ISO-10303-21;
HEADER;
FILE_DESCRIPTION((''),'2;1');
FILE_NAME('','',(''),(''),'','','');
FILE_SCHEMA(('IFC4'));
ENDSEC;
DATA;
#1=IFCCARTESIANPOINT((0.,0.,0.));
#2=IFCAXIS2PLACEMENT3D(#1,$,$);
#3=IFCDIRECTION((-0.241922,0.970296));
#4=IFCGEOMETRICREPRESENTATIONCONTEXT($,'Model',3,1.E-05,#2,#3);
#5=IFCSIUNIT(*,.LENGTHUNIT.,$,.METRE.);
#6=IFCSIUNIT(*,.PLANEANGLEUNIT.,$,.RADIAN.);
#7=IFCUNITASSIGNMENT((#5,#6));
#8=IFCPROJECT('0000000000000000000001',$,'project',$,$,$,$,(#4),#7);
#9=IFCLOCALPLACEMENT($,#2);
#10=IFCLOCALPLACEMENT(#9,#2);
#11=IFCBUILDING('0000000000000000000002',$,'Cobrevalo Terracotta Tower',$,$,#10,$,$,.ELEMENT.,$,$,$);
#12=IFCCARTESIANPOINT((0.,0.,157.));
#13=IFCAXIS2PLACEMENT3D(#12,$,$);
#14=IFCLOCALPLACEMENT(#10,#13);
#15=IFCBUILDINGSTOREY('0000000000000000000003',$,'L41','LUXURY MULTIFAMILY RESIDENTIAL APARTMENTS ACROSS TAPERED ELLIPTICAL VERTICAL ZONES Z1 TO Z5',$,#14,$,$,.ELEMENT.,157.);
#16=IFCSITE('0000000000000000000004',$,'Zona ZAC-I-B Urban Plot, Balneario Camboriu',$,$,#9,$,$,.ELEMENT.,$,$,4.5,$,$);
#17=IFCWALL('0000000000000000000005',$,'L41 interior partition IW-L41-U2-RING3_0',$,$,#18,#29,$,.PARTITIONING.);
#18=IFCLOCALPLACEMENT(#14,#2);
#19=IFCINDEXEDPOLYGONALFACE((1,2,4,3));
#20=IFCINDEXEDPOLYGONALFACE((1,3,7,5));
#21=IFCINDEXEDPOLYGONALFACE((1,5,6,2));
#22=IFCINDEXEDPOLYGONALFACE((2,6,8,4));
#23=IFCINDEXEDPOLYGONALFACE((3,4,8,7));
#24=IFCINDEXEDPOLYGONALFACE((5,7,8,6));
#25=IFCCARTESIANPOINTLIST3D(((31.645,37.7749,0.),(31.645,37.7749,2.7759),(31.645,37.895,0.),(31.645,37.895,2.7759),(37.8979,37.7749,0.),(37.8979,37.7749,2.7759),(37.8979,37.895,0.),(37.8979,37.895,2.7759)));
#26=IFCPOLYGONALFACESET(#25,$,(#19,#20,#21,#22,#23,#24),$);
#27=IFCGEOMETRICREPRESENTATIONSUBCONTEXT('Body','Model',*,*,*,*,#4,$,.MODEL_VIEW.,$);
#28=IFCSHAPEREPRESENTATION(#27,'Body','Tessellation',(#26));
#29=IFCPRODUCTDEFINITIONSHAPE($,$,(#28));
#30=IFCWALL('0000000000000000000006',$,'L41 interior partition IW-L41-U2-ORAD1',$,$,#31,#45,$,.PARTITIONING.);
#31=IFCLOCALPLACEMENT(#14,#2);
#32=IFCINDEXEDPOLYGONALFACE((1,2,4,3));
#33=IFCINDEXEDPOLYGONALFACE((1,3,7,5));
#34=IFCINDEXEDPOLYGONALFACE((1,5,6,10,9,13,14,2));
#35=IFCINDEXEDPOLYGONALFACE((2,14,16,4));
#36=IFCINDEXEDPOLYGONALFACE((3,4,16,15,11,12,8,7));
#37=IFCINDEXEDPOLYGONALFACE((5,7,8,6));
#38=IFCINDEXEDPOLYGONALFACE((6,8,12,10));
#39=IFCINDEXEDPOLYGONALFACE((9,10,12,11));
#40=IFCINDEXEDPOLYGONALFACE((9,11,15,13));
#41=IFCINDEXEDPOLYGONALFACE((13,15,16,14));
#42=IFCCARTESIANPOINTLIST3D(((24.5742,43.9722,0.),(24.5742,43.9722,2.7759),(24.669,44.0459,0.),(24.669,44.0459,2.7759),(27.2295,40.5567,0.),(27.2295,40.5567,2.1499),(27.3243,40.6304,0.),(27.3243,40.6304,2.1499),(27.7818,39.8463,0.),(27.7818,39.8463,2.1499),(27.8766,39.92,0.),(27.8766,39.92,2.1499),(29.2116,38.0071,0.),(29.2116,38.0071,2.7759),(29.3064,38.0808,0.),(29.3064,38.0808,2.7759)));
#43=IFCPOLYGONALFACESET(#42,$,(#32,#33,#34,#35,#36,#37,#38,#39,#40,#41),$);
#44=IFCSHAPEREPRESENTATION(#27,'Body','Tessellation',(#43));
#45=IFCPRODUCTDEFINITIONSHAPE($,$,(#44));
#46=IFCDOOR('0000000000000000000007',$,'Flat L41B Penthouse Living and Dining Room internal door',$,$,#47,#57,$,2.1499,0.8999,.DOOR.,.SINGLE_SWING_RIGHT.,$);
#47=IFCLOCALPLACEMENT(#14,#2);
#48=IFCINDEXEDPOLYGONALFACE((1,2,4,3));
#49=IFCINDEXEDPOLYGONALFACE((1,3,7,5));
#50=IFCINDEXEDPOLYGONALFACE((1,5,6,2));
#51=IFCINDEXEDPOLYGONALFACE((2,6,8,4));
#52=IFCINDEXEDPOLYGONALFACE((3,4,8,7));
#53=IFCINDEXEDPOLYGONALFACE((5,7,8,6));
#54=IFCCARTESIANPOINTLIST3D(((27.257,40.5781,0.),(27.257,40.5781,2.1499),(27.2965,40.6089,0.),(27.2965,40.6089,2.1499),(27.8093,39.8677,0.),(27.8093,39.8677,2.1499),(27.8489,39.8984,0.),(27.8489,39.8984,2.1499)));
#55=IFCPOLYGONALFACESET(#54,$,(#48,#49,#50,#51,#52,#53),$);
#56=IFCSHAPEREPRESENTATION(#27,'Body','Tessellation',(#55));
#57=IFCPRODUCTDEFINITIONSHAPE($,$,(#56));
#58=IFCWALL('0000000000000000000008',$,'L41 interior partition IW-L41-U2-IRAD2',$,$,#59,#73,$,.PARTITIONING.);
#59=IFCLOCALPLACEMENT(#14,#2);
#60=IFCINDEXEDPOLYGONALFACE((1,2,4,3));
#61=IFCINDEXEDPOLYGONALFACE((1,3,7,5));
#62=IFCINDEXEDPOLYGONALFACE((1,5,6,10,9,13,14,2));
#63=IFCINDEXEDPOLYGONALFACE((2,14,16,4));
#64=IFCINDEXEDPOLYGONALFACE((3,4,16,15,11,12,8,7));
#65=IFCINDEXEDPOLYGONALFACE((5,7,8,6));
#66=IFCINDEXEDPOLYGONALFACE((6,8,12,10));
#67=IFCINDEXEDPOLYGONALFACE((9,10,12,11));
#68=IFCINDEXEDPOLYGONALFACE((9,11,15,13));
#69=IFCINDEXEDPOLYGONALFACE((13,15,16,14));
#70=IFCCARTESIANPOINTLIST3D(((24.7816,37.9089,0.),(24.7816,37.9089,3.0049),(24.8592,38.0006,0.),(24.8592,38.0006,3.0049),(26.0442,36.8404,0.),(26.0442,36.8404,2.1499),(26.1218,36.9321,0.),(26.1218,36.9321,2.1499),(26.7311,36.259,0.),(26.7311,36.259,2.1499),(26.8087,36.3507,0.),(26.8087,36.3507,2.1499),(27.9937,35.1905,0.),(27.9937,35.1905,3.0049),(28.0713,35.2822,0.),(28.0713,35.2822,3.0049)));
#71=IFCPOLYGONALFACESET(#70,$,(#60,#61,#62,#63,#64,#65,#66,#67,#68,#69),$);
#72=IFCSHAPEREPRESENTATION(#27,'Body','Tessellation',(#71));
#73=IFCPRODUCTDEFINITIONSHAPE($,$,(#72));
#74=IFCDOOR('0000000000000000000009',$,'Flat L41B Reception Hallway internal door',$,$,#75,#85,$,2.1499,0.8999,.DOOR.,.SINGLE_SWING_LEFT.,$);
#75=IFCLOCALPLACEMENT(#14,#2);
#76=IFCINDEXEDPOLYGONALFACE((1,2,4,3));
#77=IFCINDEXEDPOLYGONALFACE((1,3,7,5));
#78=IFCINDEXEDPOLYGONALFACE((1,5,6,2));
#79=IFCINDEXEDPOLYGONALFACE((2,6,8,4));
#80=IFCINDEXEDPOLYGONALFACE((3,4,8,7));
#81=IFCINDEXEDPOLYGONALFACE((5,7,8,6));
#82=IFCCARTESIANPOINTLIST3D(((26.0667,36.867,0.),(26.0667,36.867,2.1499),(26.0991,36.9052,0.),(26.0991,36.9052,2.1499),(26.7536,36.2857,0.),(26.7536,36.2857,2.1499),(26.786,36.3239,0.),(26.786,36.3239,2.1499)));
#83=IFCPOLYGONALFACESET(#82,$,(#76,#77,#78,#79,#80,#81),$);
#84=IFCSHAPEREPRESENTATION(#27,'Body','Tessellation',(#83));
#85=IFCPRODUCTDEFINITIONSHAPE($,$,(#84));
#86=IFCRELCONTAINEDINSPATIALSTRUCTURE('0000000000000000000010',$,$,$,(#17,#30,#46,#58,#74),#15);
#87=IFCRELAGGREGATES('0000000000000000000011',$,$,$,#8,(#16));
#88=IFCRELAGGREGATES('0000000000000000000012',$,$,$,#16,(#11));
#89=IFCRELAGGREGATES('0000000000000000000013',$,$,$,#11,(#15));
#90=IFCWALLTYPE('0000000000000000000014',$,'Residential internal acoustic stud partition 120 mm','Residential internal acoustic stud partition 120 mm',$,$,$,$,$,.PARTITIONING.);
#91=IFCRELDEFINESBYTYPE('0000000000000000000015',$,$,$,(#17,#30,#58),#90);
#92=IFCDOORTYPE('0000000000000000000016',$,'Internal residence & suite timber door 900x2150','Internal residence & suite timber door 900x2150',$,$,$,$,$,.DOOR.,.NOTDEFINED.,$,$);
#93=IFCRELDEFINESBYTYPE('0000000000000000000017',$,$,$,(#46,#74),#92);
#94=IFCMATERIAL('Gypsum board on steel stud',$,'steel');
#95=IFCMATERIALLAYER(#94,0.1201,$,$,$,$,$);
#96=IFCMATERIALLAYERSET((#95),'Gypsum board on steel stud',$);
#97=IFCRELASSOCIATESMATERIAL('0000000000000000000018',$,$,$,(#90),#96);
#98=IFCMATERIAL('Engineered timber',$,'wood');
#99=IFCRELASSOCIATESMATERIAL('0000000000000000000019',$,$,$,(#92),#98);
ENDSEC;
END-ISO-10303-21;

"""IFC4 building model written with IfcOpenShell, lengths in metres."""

from ifc_helpers import new_model, si_unit, direction, frame, frame_2d, origin, place, context, subcontext, project, spatial, rectangle, extrude, source, transform, mapped, material, layer, layer_set, type_object, element, fill, save


model = new_model("IFC4")

# Units and contexts
model_context = context("Model", 3, precision=1e-05, world=origin(), true_north=direction((-0.241922, 0.970296)))
body_context = subcontext(model_context, "Body", "Model", "MODEL_VIEW")
ifc_project = project(units=[si_unit("LENGTHUNIT", "METRE"), si_unit("PLANEANGLEUNIT", "RADIAN")], contexts=[model_context])

# Site, building, storey
site_placement = place(None, origin())
site = spatial("IfcSite", under=ifc_project, at=site_placement, Name="Zona ZAC-I-B Urban Plot, Balneario Camboriu", CompositionType="ELEMENT", RefElevation=4.5)
building_placement = place(site_placement, origin())
building = spatial("IfcBuilding", under=site, at=building_placement, Name="Cobrevalo Terracotta Tower", CompositionType="ELEMENT")
storey_placement = place(building_placement, frame((0.0, 0.0, 157.0)))
storey = spatial("IfcBuildingStorey", under=building, at=storey_placement, Name="L41", Description="LUXURY MULTIFAMILY RESIDENTIAL APARTMENTS ACROSS TAPERED ELLIPTICAL VERTICAL ZONES Z1 TO Z5", CompositionType="ELEMENT", Elevation=157.0)

# Wall
ifc_material_1 = material(Name="Gypsum board on steel stud", Category="steel")
ifc_layer_1 = layer(ifc_material_1, 0.1201)
ifc_layer_set_1 = layer_set([ifc_layer_1], Name="Gypsum board on steel stud")
wall_type_1 = type_object("IfcWallType", Name="Residential internal acoustic stud partition 120 mm", Description="Residential internal acoustic stud partition 120 mm", PredefinedType="PARTITIONING", material=ifc_layer_set_1)
wall_1_placement = place(storey_placement, frame((31.645, 37.835, 0.0), z_axis=(0.0, 0.0, 1.0), x_axis=(1.0, 0.0, 0.0)))
element("IfcWall", 1, at=wall_1_placement, inside=storey, type_object=wall_type_1, Name="L41 interior partition IW-L41-U2-RING3_0", PredefinedType="PARTITIONING", context=body_context, shape_type="SweptSolid", body=[
    extrude(rectangle(XDim=6.2529, YDim=0.1201, at=frame_2d((3.1265, 0.0))), origin(), (0.0, 0.0, 1.0), 2.7759),
])

# Walls, openings, doors
wall_2_placement = place(storey_placement, frame((29.259, 38.0439, 0.0), z_axis=(0.0, 0.0, 1.0), x_axis=(-0.613771, 0.789484, 0.0)))
wall_2 = element("IfcWall", 2, at=wall_2_placement, inside=storey, type_object=wall_type_1, Name="L41 interior partition IW-L41-U2-ORAD1", PredefinedType="PARTITIONING", context=body_context, shape_type="SweptSolid", body=[
    extrude(rectangle(XDim=7.5557, YDim=0.1201, at=frame_2d((3.7778, 0.0))), origin(), (0.0, 0.0, 1.0), 2.7759),
])
opening_1_placement = place(wall_2_placement, frame((2.3296, 0.0, 0.0)))
opening_1 = element("IfcOpeningElement", 3, at=opening_1_placement, cuts=wall_2, PredefinedType="OPENING", context=body_context, shape_type="SweptSolid", body=[
    extrude(rectangle(XDim=0.8999, YDim=2.1499, at=frame_2d((0.45, 1.075))), frame((0.0, 0.0701, 0.0), z_axis=(0.0, -1.0, 0.0), x_axis=(1.0, 0.0, 0.0)), (0.0, 0.0, 1.0), 0.1401),
])
ifc_material_2 = material(Name="Engineered timber", Category="wood")
door_type_1 = type_object("IfcDoorType", Name="Internal residence & suite timber door 900x2150", Description="Internal residence & suite timber door 900x2150", OperationType="NOTDEFINED", PredefinedType="DOOR", material=ifc_material_2)
shared_shape_1 = source(origin(), body_context, "Body", "SweptSolid", [
    extrude(rectangle(XDim=0.8999, YDim=2.1499, at=frame_2d((0.45, 1.075))), frame((0.0, 0.0249, 0.0), z_axis=(0.0, -1.0, 0.0), x_axis=(1.0, 0.0, 0.0)), (0.0, 0.0, 1.0), 0.05),
])
door_1_placement = place(opening_1_placement, frame((0.8999, 0.0, 0.0), z_axis=(0.0, 0.0, 1.0), x_axis=(-1.0, 0.0, 0.0)))
door_1 = element("IfcDoor", 4, at=door_1_placement, inside=storey, type_object=door_type_1, Name="Flat L41B Penthouse Living and Dining Room internal door", OperationType="SINGLE_SWING_RIGHT", OverallHeight=2.1499, OverallWidth=0.8999, PredefinedType="DOOR", context=body_context, shape_type="MappedRepresentation", body=[
    mapped(shared_shape_1, transform((0.0, 0.0, 0.0), scale=1.0)),
])
fill(opening_1, door_1)
wall_3_placement = place(storey_placement, frame((28.0325, 35.2363, 0.0), z_axis=(0.0, 0.0, 1.0), x_axis=(-0.763325, 0.646015, 0.0)))
wall_3 = element("IfcWall", 5, at=wall_3_placement, inside=storey, type_object=wall_type_1, Name="L41 interior partition IW-L41-U2-IRAD2", PredefinedType="PARTITIONING", context=body_context, shape_type="SweptSolid", body=[
    extrude(rectangle(XDim=4.208, YDim=0.1201, at=frame_2d((2.104, 0.0))), origin(), (0.0, 0.0, 1.0), 3.0049),
])
opening_2_placement = place(wall_3_placement, frame((1.6541, 0.0, 0.0)))
opening_2 = element("IfcOpeningElement", 6, at=opening_2_placement, cuts=wall_3, PredefinedType="OPENING", context=body_context, shape_type="SweptSolid", body=[
    extrude(rectangle(XDim=0.8999, YDim=2.1499, at=frame_2d((0.45, 1.075))), frame((0.0, 0.0701, 0.0), z_axis=(0.0, -1.0, 0.0), x_axis=(1.0, 0.0, 0.0)), (0.0, 0.0, 1.0), 0.1401),
])
door_2_placement = place(opening_2_placement, frame((0.8999, 0.0, 0.0), z_axis=(0.0, 0.0, 1.0), x_axis=(-1.0, 0.0, 0.0)))
door_2 = element("IfcDoor", 7, at=door_2_placement, inside=storey, type_object=door_type_1, Name="Flat L41B Reception Hallway internal door", OperationType="SINGLE_SWING_LEFT", OverallHeight=2.1499, OverallWidth=0.8999, PredefinedType="DOOR", context=body_context, shape_type="MappedRepresentation", body=[
    mapped(shared_shape_1, transform((0.0, 0.0, 0.0), scale=1.0)),
])
fill(opening_2, door_2)

save(model, "model.ifc")
